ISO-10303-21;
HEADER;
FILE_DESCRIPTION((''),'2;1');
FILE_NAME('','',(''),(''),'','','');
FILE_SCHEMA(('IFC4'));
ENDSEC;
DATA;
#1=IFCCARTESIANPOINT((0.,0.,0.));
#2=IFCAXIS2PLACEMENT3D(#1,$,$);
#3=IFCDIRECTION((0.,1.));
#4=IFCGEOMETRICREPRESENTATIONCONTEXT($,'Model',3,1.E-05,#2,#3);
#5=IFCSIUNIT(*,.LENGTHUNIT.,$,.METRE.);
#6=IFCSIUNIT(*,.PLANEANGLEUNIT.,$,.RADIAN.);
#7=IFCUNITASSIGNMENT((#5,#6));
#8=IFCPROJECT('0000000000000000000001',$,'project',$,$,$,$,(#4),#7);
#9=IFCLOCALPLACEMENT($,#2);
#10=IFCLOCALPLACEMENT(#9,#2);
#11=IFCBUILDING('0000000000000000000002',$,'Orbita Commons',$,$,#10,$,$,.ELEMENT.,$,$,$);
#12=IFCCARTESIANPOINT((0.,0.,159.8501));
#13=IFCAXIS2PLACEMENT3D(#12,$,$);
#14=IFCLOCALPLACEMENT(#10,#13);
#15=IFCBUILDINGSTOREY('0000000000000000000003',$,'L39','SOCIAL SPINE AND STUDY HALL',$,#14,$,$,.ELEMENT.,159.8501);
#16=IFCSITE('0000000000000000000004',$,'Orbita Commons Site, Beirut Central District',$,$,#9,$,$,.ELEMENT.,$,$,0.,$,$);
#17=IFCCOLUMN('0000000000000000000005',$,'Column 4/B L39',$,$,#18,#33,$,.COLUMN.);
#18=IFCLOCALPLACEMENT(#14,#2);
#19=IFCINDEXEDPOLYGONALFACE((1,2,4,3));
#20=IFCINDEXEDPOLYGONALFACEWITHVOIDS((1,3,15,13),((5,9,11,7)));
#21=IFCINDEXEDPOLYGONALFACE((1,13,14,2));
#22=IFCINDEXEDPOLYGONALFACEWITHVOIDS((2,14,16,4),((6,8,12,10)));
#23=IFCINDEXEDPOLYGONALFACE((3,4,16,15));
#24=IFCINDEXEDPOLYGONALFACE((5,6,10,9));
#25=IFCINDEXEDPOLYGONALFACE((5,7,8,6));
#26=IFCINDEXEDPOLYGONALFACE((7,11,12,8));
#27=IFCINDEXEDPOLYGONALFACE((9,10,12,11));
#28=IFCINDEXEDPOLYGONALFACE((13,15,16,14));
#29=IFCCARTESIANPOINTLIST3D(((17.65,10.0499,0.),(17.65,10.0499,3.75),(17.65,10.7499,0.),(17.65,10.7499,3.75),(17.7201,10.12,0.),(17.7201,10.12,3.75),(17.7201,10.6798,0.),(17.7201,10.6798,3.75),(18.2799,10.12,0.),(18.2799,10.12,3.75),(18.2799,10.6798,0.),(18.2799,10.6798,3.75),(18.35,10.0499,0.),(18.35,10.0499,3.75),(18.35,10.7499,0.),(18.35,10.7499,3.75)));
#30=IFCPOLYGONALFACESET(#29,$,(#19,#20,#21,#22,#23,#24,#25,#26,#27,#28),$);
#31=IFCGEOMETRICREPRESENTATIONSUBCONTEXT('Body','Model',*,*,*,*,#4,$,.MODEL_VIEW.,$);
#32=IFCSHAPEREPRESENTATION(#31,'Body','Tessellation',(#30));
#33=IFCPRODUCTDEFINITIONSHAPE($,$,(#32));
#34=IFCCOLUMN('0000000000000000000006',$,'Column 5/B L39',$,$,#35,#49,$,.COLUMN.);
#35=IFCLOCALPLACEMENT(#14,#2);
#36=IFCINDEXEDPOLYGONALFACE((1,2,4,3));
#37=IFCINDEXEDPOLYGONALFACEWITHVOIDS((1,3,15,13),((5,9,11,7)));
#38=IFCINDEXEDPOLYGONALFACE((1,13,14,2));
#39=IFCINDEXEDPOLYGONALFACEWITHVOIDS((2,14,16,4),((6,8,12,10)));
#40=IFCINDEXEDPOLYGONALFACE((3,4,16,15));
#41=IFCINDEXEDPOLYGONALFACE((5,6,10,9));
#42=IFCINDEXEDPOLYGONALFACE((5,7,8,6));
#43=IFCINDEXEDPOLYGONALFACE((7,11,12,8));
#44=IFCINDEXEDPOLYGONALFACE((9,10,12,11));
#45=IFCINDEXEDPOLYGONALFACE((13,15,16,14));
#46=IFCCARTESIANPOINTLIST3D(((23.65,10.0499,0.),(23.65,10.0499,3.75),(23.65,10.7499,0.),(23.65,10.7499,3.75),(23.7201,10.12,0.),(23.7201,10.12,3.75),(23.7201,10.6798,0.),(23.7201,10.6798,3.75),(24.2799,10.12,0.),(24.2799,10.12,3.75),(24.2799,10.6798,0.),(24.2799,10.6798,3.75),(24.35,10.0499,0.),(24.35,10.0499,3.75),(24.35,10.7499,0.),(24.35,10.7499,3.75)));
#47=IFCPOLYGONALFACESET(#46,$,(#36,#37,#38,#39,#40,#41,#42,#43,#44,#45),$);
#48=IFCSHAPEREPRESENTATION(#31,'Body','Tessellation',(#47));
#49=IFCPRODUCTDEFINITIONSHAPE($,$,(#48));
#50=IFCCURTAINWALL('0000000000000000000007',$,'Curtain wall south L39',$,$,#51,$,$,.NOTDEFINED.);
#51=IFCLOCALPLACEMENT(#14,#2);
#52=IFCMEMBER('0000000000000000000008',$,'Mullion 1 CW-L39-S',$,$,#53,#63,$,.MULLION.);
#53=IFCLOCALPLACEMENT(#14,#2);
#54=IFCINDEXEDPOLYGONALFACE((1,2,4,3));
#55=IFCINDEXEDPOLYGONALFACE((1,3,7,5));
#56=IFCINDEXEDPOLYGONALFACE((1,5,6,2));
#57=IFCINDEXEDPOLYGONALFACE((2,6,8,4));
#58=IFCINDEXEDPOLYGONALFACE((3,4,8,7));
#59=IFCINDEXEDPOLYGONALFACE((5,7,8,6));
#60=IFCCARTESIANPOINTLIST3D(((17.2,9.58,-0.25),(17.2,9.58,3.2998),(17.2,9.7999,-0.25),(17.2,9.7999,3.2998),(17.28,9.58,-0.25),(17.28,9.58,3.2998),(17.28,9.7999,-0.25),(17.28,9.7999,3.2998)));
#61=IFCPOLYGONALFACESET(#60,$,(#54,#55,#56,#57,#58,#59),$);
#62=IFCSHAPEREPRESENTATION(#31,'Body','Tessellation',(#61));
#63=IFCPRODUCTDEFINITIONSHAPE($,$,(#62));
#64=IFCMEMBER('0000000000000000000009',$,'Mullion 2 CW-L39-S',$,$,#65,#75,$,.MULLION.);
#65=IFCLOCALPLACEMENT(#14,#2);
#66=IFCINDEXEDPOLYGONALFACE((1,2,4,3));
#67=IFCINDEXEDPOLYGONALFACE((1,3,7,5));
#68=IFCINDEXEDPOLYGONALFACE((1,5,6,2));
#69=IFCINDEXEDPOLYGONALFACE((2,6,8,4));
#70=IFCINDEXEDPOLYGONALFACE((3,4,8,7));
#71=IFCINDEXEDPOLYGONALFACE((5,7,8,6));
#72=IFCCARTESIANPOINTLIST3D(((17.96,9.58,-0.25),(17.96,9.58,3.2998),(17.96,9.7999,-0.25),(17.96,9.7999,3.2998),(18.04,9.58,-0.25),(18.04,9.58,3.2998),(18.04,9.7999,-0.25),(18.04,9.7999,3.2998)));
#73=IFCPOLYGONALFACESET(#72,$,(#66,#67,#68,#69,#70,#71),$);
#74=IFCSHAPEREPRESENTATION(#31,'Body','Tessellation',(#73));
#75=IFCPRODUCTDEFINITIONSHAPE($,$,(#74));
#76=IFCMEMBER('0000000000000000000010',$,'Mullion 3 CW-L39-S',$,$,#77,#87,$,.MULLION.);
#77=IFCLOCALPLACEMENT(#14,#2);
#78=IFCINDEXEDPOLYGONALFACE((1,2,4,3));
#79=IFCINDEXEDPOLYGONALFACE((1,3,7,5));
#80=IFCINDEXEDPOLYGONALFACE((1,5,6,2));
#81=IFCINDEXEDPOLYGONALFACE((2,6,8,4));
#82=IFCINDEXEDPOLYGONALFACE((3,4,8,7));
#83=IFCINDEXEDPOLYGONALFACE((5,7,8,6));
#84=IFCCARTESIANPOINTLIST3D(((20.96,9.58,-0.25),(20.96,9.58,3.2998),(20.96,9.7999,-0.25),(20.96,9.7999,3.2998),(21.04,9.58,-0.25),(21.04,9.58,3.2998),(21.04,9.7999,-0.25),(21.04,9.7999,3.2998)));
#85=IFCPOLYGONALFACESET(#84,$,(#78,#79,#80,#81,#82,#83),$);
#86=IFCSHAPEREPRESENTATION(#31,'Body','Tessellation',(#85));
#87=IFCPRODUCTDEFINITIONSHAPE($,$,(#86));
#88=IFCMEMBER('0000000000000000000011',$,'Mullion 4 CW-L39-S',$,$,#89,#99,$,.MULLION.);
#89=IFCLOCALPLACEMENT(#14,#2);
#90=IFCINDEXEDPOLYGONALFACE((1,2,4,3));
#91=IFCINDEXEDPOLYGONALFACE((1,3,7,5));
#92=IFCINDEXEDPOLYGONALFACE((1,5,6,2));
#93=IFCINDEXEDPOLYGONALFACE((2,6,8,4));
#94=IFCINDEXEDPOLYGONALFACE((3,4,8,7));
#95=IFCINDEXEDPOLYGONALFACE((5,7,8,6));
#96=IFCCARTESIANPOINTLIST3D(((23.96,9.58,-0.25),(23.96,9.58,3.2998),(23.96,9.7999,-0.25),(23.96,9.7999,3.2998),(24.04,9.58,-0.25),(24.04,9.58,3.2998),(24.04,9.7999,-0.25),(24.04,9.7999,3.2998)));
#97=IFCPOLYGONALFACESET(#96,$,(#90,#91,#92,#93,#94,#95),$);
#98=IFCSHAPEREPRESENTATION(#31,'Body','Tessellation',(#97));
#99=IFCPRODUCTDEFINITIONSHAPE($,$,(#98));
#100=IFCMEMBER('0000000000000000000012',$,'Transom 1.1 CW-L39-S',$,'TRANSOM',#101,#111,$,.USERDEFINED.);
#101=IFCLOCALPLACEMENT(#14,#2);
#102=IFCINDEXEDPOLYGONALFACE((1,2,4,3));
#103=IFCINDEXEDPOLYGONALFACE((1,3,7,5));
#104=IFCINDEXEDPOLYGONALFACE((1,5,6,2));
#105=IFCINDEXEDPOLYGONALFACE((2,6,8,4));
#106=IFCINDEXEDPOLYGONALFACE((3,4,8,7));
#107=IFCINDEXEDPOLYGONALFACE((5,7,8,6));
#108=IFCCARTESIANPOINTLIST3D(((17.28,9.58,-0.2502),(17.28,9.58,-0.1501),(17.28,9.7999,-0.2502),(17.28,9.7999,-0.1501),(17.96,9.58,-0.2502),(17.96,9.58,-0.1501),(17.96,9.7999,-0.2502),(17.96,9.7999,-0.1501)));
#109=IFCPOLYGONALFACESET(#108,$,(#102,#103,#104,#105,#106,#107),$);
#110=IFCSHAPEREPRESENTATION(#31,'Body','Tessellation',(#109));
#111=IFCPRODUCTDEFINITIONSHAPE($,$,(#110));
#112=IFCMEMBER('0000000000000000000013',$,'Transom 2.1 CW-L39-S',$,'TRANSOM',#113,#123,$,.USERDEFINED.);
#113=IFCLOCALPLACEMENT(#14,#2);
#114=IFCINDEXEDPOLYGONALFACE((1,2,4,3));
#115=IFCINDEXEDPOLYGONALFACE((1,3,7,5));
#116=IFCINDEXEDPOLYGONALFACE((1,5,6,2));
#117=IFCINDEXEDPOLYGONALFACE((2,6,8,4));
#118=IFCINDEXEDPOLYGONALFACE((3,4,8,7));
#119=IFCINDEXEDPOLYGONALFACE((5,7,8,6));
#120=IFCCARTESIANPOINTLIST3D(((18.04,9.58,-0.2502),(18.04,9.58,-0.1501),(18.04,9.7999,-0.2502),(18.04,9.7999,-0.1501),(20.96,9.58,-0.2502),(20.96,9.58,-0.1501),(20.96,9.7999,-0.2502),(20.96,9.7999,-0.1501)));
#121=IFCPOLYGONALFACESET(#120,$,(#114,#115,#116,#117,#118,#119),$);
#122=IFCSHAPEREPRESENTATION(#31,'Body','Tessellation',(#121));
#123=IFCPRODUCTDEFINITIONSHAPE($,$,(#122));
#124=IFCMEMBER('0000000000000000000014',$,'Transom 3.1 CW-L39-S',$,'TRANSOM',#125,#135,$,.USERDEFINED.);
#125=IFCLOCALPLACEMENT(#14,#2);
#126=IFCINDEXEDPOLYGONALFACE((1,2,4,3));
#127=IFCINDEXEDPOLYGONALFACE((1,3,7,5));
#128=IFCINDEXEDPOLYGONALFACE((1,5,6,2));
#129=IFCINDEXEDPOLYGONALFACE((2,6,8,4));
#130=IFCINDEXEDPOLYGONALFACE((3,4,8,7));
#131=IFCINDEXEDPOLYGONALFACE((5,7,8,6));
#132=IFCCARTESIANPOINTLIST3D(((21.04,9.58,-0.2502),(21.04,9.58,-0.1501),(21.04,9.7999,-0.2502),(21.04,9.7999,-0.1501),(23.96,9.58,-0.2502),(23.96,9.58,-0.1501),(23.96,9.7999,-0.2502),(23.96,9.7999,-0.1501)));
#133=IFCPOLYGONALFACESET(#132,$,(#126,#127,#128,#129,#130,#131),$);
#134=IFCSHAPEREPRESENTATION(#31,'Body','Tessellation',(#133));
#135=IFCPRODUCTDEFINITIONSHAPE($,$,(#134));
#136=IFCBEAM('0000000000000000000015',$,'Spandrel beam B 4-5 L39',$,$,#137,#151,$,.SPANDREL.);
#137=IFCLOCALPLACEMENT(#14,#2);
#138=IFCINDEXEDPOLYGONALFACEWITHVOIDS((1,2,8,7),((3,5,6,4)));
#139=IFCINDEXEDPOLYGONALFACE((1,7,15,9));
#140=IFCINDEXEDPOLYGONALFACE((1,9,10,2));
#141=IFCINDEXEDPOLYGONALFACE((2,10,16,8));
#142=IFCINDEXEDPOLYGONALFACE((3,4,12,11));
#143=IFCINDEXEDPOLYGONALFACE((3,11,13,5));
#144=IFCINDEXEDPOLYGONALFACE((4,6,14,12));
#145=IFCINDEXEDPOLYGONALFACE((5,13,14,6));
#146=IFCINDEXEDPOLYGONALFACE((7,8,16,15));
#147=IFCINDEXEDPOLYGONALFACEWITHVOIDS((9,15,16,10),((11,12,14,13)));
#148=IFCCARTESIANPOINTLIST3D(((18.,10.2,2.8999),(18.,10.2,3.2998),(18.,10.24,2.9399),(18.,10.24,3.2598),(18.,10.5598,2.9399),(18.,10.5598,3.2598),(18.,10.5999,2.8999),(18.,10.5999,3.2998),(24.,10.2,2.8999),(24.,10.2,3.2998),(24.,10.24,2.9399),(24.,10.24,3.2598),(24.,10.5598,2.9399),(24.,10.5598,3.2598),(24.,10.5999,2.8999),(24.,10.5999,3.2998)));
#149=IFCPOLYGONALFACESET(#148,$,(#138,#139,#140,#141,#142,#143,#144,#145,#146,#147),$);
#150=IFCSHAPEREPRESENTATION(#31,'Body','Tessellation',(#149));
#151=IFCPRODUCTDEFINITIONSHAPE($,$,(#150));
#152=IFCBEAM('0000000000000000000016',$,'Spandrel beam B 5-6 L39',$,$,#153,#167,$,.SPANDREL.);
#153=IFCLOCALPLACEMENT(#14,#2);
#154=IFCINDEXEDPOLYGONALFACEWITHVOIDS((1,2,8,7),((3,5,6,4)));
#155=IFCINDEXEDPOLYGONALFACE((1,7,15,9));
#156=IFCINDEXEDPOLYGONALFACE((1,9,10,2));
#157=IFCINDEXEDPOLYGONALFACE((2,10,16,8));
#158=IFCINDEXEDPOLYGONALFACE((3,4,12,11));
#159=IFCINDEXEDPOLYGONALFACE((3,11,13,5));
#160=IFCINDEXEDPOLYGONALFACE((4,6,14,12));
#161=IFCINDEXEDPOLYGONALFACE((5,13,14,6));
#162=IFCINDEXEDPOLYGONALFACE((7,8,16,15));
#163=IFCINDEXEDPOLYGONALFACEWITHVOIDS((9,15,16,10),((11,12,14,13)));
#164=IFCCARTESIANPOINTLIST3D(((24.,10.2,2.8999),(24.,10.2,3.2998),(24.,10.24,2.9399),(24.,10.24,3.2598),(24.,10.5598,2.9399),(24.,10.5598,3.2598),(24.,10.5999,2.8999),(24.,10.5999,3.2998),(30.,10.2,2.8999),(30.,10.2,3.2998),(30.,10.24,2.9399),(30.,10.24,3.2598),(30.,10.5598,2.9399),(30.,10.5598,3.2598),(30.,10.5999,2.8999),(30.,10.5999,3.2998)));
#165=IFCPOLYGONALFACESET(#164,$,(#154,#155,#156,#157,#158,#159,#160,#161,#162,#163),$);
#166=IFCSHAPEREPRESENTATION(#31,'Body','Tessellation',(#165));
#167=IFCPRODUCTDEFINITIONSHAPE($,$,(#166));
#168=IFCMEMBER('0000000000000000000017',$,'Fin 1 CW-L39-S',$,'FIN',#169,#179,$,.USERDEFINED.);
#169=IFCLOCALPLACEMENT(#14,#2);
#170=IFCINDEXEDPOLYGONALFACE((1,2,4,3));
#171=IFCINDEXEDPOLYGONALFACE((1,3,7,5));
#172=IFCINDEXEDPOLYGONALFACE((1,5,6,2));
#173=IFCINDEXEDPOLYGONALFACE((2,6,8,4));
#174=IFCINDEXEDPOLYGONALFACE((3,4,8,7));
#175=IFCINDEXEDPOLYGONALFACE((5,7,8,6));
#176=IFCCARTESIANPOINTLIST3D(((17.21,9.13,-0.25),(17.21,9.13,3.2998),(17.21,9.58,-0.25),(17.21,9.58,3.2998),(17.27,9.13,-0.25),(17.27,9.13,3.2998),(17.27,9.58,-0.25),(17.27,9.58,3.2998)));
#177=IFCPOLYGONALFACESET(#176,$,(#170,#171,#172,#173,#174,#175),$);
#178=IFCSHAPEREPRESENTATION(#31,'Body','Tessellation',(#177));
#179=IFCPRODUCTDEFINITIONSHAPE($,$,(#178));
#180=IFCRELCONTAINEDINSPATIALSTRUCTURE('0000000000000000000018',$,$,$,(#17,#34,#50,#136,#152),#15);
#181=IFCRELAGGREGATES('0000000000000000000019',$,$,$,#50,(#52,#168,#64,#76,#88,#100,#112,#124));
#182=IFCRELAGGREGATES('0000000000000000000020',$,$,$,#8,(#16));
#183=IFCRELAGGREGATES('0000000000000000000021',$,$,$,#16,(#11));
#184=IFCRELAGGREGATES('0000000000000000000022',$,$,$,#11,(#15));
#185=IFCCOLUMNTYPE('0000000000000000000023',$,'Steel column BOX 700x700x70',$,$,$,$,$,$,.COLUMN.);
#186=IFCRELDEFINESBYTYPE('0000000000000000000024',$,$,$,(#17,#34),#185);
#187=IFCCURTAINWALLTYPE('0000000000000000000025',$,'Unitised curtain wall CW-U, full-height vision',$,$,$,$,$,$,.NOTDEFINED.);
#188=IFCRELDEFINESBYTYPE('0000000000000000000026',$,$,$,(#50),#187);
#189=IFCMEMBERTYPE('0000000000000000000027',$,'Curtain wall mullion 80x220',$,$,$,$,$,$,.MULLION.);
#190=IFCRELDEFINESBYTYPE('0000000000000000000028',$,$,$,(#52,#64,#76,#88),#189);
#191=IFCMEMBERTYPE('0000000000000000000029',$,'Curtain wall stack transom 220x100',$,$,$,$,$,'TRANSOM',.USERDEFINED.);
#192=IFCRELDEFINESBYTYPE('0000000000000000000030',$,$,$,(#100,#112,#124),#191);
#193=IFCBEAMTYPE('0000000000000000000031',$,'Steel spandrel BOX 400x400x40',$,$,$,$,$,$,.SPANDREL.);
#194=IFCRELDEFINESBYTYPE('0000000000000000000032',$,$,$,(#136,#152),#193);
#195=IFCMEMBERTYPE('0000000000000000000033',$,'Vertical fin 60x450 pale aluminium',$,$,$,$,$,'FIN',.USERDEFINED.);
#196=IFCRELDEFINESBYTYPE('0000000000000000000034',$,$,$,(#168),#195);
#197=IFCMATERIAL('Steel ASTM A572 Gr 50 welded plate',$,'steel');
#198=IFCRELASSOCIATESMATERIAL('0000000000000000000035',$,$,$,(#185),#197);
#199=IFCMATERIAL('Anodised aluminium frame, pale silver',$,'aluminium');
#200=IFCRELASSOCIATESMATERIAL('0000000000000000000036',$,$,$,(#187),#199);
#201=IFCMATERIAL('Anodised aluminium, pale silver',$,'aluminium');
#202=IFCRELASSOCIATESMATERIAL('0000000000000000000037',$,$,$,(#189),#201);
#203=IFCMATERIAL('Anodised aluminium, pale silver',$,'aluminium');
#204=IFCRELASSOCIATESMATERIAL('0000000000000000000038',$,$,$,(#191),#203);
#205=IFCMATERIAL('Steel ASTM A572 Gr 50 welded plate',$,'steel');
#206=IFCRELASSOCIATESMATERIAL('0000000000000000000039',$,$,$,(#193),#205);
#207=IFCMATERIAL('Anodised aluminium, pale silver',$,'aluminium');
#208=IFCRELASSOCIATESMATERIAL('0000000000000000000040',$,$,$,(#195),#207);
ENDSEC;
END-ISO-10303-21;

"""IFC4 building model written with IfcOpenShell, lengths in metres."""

from ifc_helpers import new_model, si_unit, direction, frame, origin, origin_2d, place, context, subcontext, project, spatial, rectangle, hollow_rectangle, extrude, material, material_profile, profile_set, type_object, element, aggregate, save


model = new_model("IFC4")

# Units and contexts
model_context = context("Model", 3, precision=1e-05, world=origin(), true_north=direction((0.0, 1.0)))
body_context = subcontext(model_context, "Body", "Model", "MODEL_VIEW")
ifc_project = project(units=[si_unit("LENGTHUNIT", "METRE"), si_unit("PLANEANGLEUNIT", "RADIAN")], contexts=[model_context])

# Site, building, storey
site_placement = place(None, origin())
site = spatial("IfcSite", under=ifc_project, at=site_placement, Name="Orbita Commons Site, Beirut Central District", CompositionType="ELEMENT", RefElevation=0.0)
building_placement = place(site_placement, origin())
building = spatial("IfcBuilding", under=site, at=building_placement, Name="Orbita Commons", CompositionType="ELEMENT")
storey_placement = place(building_placement, frame((0.0, 0.0, 159.8501)))
storey = spatial("IfcBuildingStorey", under=building, at=storey_placement, Name="L39", Description="SOCIAL SPINE AND STUDY HALL", CompositionType="ELEMENT", Elevation=159.8501)

# Columns
ifc_material_1 = material(Name="Steel ASTM A572 Gr 50 welded plate", Category="steel")
ifc_material_profile_1 = material_profile(ifc_material_1, hollow_rectangle(XDim=0.7, YDim=0.7, WallThickness=0.0701, at=origin_2d()), Name="BOX 700x700x70")
ifc_profile_set_1 = profile_set([ifc_material_profile_1], Name="Steel ASTM A572 Gr 50 welded plate")
column_type = type_object("IfcColumnType", Name="Steel column BOX 700x700x70", PredefinedType="COLUMN", material=ifc_profile_set_1)
for number, where, z_axis, x_axis, name in (
    (1, (18.0, 10.3999, 0.0), (0.0, 0.0, 1.0), (1.0, 0.0, 0.0), "Column 4/B L39"),
    (2, (24.0, 10.3999, 0.0), (0.0, 0.0, 1.0), (1.0, 0.0, 0.0), "Column 5/B L39"),
):
    element("IfcColumn", number, at=place(storey_placement, frame(where, z_axis=z_axis, x_axis=x_axis)), inside=storey, type_object=column_type, Name=name, PredefinedType="COLUMN", context=body_context, shape_type="SweptSolid", body=[
        extrude(hollow_rectangle(XDim=0.7, YDim=0.7, WallThickness=0.0701, at=origin_2d()), origin(), (0.0, 0.0, 1.0), 3.75),
    ])

# Curtain wall, members
ifc_material_2 = material(Name="Anodised aluminium frame, pale silver", Category="aluminium")
curtain_wall_type = type_object("IfcCurtainWallType", Name="Unitised curtain wall CW-U, full-height vision", PredefinedType="NOTDEFINED", material=ifc_material_2)
curtain_wall_placement = place(storey_placement, origin())
curtain_wall = element("IfcCurtainWall", 3, at=curtain_wall_placement, inside=storey, type_object=curtain_wall_type, Name="Curtain wall south L39", PredefinedType="NOTDEFINED")
ifc_material_3 = material(Name="Anodised aluminium, pale silver", Category="aluminium")
ifc_material_profile_2 = material_profile(ifc_material_3, rectangle(XDim=0.0801, YDim=0.22, at=origin_2d()), Name="AL 80x220")
ifc_profile_set_2 = profile_set([ifc_material_profile_2], Name="Anodised aluminium, pale silver")
member_type_1 = type_object("IfcMemberType", Name="Curtain wall mullion 80x220", PredefinedType="MULLION", material=ifc_profile_set_2)
member_1_placement = place(storey_placement, frame((17.24, 9.6899, -0.25), z_axis=(0.0, 0.0, 1.0), x_axis=(1.0, 0.0, 0.0)))
member_1 = element("IfcMember", 4, at=member_1_placement, type_object=member_type_1, Name="Mullion 1 CW-L39-S", PredefinedType="MULLION", context=body_context, shape_type="SweptSolid", body=[
    extrude(rectangle(XDim=0.0801, YDim=0.22, at=origin_2d()), origin(), (0.0, 0.0, 1.0), 3.5498),
])
member_2_placement = place(storey_placement, frame((18.0, 9.6899, -0.25), z_axis=(0.0, 0.0, 1.0), x_axis=(1.0, 0.0, 0.0)))
member_2 = element("IfcMember", 5, at=member_2_placement, type_object=member_type_1, Name="Mullion 2 CW-L39-S", PredefinedType="MULLION", context=body_context, shape_type="SweptSolid", body=[
    extrude(rectangle(XDim=0.0801, YDim=0.22, at=origin_2d()), origin(), (0.0, 0.0, 1.0), 3.5498),
])
member_3_placement = place(storey_placement, frame((21.0, 9.6899, -0.25), z_axis=(0.0, 0.0, 1.0), x_axis=(1.0, 0.0, 0.0)))
member_3 = element("IfcMember", 6, at=member_3_placement, type_object=member_type_1, Name="Mullion 3 CW-L39-S", PredefinedType="MULLION", context=body_context, shape_type="SweptSolid", body=[
    extrude(rectangle(XDim=0.0801, YDim=0.22, at=origin_2d()), origin(), (0.0, 0.0, 1.0), 3.5498),
])
member_4_placement = place(storey_placement, frame((24.0, 9.6899, -0.25), z_axis=(0.0, 0.0, 1.0), x_axis=(1.0, 0.0, 0.0)))
member_4 = element("IfcMember", 7, at=member_4_placement, type_object=member_type_1, Name="Mullion 4 CW-L39-S", PredefinedType="MULLION", context=body_context, shape_type="SweptSolid", body=[
    extrude(rectangle(XDim=0.0801, YDim=0.22, at=origin_2d()), origin(), (0.0, 0.0, 1.0), 3.5498),
])
ifc_material_4 = material(Name="Anodised aluminium, pale silver", Category="aluminium")
ifc_material_profile_3 = material_profile(ifc_material_4, rectangle(XDim=0.22, YDim=0.1001, at=origin_2d()), Name="AL 220x100")
ifc_profile_set_3 = profile_set([ifc_material_profile_3], Name="Anodised aluminium, pale silver")
member_type_2 = type_object("IfcMemberType", Name="Curtain wall stack transom 220x100", ElementType="TRANSOM", PredefinedType="USERDEFINED", material=ifc_profile_set_3)
member_5_placement = place(storey_placement, frame((17.28, 9.6899, -0.2002), z_axis=(1.0, 0.0, 0.0), x_axis=(0.0, 1.0, 0.0)))
member_5 = element("IfcMember", 8, at=member_5_placement, type_object=member_type_2, Name="Transom 1.1 CW-L39-S", ObjectType="TRANSOM", PredefinedType="USERDEFINED", context=body_context, shape_type="SweptSolid", body=[
    extrude(rectangle(XDim=0.22, YDim=0.1001, at=origin_2d()), origin(), (0.0, 0.0, 1.0), 0.6799),
])
member_6_placement = place(storey_placement, frame((18.04, 9.6899, -0.2002), z_axis=(1.0, 0.0, 0.0), x_axis=(0.0, 1.0, 0.0)))
member_6 = element("IfcMember", 9, at=member_6_placement, type_object=member_type_2, Name="Transom 2.1 CW-L39-S", ObjectType="TRANSOM", PredefinedType="USERDEFINED", context=body_context, shape_type="SweptSolid", body=[
    extrude(rectangle(XDim=0.22, YDim=0.1001, at=origin_2d()), origin(), (0.0, 0.0, 1.0), 2.9199),
])
member_7_placement = place(storey_placement, frame((21.04, 9.6899, -0.2002), z_axis=(1.0, 0.0, 0.0), x_axis=(0.0, 1.0, 0.0)))
member_7 = element("IfcMember", 10, at=member_7_placement, type_object=member_type_2, Name="Transom 3.1 CW-L39-S", ObjectType="TRANSOM", PredefinedType="USERDEFINED", context=body_context, shape_type="SweptSolid", body=[
    extrude(rectangle(XDim=0.22, YDim=0.1001, at=origin_2d()), origin(), (0.0, 0.0, 1.0), 2.9199),
])

# Beams
ifc_material_5 = material(Name="Steel ASTM A572 Gr 50 welded plate", Category="steel")
ifc_material_profile_4 = material_profile(ifc_material_5, hollow_rectangle(XDim=0.3999, YDim=0.3999, WallThickness=0.04, at=origin_2d()), Name="BOX 400x400x40")
ifc_profile_set_4 = profile_set([ifc_material_profile_4], Name="Steel ASTM A572 Gr 50 welded plate")
beam_type = type_object("IfcBeamType", Name="Steel spandrel BOX 400x400x40", PredefinedType="SPANDREL", material=ifc_profile_set_4)
for number, where, z_axis, x_axis, name in (
    (11, (18.0, 10.3999, 3.0999), (1.0, 0.0, 0.0), (0.0, 1.0, 0.0), "Spandrel beam B 4-5 L39"),
    (12, (24.0, 10.3999, 3.0999), (1.0, 0.0, 0.0), (0.0, 1.0, 0.0), "Spandrel beam B 5-6 L39"),
):
    element("IfcBeam", number, at=place(storey_placement, frame(where, z_axis=z_axis, x_axis=x_axis)), inside=storey, type_object=beam_type, Name=name, PredefinedType="SPANDREL", context=body_context, shape_type="SweptSolid", body=[
        extrude(hollow_rectangle(XDim=0.3999, YDim=0.3999, WallThickness=0.04, at=origin_2d()), origin(), (0.0, 0.0, 1.0), 6.0),
    ])

# Member
ifc_material_6 = material(Name="Anodised aluminium, pale silver", Category="aluminium")
ifc_material_profile_5 = material_profile(ifc_material_6, rectangle(XDim=0.0601, YDim=0.45, at=origin_2d()), Name="FIN 60x450")
ifc_profile_set_5 = profile_set([ifc_material_profile_5], Name="Anodised aluminium, pale silver")
member_type_3 = type_object("IfcMemberType", Name="Vertical fin 60x450 pale aluminium", ElementType="FIN", PredefinedType="USERDEFINED", material=ifc_profile_set_5)
member_8_placement = place(storey_placement, frame((17.24, 9.355, -0.25), z_axis=(0.0, 0.0, 1.0), x_axis=(1.0, 0.0, 0.0)))
member_8 = element("IfcMember", 13, at=member_8_placement, type_object=member_type_3, Name="Fin 1 CW-L39-S", ObjectType="FIN", PredefinedType="USERDEFINED", context=body_context, shape_type="SweptSolid", body=[
    extrude(rectangle(XDim=0.0601, YDim=0.45, at=origin_2d()), origin(), (0.0, 0.0, 1.0), 3.5498),
])

aggregate(curtain_wall, [member_1, member_8, member_2, member_3, member_4, member_5, member_6, member_7])

save(model, "model.ifc")
